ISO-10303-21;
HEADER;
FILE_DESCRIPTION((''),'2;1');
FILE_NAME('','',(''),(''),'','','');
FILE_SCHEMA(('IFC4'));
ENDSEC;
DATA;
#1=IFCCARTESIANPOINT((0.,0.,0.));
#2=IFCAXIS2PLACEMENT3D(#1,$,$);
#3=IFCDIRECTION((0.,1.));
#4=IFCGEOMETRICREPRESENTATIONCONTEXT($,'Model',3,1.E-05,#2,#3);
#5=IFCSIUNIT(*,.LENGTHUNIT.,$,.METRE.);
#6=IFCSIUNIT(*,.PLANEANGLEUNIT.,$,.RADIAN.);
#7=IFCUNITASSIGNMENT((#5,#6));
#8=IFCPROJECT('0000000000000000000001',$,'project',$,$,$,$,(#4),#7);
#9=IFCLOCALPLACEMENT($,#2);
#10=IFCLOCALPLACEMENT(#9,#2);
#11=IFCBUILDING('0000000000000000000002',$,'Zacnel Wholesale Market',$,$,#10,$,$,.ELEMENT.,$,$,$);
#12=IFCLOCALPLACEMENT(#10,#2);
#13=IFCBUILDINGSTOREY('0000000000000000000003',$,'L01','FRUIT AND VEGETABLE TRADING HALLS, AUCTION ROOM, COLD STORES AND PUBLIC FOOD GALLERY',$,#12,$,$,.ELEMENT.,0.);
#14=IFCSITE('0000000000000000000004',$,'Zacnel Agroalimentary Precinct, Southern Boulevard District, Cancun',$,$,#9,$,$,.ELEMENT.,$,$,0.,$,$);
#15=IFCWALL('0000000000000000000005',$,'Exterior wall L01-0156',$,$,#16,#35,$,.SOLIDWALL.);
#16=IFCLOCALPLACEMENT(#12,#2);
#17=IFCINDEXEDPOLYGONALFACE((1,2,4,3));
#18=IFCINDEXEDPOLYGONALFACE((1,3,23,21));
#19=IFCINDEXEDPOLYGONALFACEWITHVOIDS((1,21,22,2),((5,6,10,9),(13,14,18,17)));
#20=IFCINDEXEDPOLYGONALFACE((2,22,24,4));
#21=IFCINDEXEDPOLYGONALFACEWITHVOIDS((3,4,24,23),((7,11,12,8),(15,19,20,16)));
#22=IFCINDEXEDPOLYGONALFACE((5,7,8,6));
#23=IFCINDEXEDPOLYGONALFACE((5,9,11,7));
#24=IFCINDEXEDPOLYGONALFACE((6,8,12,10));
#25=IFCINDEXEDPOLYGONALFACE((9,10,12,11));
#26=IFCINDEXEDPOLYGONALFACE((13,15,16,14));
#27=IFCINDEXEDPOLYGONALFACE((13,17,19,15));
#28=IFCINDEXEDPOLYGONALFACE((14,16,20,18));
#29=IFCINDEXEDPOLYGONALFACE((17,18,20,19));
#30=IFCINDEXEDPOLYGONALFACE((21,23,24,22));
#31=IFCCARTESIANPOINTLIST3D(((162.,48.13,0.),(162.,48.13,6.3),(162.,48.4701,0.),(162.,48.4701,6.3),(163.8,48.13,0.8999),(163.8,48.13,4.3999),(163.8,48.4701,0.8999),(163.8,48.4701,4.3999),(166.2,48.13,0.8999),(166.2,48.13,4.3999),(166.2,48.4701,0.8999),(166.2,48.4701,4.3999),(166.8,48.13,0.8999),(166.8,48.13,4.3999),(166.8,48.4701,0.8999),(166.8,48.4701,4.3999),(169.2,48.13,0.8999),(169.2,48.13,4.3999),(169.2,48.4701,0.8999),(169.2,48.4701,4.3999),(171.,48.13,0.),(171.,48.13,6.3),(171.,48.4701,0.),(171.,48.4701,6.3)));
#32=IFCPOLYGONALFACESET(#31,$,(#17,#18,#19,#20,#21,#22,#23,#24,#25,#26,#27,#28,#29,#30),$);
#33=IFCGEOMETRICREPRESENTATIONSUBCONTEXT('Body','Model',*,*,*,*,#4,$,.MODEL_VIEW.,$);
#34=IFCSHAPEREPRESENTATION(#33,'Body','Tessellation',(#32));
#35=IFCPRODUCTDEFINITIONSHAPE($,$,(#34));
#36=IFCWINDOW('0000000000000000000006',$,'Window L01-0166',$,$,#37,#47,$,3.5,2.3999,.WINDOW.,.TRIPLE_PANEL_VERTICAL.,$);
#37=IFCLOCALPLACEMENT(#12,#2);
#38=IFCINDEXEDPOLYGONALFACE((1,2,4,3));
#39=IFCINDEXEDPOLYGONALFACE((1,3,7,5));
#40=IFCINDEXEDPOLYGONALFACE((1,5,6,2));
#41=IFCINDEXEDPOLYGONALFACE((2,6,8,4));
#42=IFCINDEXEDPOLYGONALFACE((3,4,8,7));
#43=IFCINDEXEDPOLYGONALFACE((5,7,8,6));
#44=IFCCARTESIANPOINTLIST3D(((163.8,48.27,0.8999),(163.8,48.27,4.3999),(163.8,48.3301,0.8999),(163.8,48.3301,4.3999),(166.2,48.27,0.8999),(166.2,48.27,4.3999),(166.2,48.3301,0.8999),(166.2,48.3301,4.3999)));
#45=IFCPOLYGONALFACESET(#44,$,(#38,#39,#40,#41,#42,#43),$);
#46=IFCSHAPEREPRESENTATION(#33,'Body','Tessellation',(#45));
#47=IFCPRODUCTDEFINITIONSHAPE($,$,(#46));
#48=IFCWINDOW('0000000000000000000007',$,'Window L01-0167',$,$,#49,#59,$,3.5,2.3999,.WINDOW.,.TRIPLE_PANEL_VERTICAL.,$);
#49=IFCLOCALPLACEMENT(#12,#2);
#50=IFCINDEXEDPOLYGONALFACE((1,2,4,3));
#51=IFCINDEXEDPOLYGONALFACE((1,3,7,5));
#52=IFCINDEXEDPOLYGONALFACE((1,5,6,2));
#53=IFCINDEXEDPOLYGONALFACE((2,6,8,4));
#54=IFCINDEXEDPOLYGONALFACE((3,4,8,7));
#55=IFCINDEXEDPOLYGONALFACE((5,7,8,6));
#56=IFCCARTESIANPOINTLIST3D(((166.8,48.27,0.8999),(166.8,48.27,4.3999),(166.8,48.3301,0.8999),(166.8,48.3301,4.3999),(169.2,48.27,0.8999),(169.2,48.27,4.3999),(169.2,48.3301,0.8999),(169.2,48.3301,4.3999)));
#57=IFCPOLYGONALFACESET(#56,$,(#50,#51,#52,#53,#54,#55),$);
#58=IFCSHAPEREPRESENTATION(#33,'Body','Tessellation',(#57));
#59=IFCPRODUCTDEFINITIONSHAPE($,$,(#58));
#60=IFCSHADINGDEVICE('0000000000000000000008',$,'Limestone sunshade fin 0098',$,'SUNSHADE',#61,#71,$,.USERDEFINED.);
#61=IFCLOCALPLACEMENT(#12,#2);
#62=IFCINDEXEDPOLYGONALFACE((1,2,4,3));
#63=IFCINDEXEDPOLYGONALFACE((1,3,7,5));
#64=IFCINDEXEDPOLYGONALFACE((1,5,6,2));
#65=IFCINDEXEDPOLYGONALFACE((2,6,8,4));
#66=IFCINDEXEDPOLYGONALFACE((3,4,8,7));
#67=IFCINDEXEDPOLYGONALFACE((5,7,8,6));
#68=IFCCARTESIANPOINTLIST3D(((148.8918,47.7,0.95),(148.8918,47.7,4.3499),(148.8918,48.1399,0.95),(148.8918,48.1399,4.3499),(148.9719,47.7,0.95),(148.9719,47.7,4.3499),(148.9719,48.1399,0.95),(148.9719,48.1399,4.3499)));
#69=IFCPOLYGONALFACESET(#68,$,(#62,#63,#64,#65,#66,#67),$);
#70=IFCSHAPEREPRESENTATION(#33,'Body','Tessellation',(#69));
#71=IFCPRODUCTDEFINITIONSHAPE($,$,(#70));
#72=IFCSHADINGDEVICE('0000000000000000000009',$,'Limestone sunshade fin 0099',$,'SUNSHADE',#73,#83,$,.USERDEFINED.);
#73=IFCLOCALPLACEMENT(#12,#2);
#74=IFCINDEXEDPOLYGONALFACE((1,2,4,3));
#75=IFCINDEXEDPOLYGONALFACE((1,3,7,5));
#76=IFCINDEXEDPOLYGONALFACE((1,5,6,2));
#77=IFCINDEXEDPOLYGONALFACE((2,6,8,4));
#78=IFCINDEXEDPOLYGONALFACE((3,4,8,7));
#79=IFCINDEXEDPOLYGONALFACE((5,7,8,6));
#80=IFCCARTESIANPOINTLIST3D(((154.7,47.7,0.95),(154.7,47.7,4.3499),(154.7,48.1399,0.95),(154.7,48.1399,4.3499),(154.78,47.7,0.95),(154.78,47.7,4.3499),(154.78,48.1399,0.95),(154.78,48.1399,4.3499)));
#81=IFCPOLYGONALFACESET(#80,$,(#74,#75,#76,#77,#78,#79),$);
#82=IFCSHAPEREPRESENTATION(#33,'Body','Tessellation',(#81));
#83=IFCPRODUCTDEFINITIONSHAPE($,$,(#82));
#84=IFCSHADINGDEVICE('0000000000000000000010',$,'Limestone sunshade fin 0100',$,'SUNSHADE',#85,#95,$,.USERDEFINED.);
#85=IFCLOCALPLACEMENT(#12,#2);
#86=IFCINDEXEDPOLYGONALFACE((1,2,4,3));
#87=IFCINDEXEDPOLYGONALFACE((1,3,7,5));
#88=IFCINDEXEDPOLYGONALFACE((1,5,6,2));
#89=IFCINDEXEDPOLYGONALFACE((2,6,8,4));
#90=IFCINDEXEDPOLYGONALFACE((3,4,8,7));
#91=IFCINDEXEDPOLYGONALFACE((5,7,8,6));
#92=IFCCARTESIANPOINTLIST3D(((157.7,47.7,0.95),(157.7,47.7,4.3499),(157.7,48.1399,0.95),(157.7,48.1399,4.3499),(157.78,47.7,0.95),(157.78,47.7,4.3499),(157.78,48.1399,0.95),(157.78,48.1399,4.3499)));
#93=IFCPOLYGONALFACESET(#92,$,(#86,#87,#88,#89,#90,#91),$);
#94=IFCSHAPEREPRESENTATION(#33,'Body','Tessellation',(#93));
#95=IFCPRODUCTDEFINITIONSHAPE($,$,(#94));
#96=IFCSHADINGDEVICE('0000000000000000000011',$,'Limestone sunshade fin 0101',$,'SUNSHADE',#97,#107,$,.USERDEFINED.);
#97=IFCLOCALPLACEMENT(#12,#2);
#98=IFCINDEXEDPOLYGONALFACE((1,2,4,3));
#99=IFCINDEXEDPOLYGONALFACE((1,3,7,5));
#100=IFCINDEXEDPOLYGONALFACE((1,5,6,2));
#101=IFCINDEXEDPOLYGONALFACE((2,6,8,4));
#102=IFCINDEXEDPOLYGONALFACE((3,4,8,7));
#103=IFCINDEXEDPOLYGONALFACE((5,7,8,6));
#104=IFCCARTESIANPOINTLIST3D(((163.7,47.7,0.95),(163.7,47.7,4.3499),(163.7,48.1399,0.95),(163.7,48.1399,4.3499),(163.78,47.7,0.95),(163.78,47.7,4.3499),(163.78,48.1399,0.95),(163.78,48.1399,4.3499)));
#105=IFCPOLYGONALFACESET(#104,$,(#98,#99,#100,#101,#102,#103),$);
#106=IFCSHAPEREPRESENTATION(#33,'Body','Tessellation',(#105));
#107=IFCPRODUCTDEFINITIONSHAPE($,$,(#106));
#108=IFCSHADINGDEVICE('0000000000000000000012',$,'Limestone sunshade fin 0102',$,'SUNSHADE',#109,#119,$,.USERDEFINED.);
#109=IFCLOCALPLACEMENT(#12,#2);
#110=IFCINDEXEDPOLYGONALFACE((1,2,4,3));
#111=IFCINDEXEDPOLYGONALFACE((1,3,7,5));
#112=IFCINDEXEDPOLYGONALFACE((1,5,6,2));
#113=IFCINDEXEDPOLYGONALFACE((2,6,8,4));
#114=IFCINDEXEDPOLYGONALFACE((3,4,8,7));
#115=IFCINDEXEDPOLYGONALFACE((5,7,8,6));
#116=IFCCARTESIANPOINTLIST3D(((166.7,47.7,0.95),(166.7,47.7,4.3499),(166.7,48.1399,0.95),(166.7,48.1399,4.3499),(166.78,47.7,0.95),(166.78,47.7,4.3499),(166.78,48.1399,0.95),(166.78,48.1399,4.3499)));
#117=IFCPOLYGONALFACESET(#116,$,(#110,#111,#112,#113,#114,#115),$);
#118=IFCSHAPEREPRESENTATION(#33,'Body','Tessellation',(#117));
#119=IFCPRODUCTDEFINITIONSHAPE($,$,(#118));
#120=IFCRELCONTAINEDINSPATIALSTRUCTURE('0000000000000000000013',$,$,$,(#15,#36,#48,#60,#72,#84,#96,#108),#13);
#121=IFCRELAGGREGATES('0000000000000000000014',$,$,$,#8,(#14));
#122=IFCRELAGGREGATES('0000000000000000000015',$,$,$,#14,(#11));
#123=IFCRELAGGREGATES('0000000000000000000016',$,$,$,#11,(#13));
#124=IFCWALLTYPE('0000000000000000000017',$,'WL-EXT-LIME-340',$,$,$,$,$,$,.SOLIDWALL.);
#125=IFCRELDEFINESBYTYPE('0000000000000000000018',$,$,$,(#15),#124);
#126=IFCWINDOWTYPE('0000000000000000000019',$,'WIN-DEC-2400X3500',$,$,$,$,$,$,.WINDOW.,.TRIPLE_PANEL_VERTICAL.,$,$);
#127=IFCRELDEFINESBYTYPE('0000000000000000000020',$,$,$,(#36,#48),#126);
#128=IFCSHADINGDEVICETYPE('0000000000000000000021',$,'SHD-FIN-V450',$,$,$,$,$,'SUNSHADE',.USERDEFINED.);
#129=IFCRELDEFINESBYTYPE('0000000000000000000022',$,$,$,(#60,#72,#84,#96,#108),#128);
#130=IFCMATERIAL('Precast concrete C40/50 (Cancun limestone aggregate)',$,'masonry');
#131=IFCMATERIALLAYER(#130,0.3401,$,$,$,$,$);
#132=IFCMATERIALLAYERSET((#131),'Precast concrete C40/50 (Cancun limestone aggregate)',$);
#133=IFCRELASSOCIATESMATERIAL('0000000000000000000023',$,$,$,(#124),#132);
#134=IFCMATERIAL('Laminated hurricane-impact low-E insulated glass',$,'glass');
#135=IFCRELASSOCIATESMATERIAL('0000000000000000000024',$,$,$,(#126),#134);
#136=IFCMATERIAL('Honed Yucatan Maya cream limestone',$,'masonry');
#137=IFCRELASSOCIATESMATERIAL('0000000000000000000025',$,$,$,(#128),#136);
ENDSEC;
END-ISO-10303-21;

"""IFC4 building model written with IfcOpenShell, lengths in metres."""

from ifc_helpers import new_model, si_unit, direction, frame, frame_2d, origin, origin_2d, place, context, subcontext, project, spatial, rectangle, extrude, material, layer, layer_set, type_object, element, fill, save


model = new_model("IFC4")

# Units and contexts
model_context = context("Model", 3, precision=1e-05, world=origin(), true_north=direction((0.0, 1.0)))
body_context = subcontext(model_context, "Body", "Model", "MODEL_VIEW")
ifc_project = project(units=[si_unit("LENGTHUNIT", "METRE"), si_unit("PLANEANGLEUNIT", "RADIAN")], contexts=[model_context])

# Site, building, storey
site_placement = place(None, origin())
site = spatial("IfcSite", under=ifc_project, at=site_placement, Name="Zacnel Agroalimentary Precinct, Southern Boulevard District, Cancun", CompositionType="ELEMENT", RefElevation=0.0)
building_placement = place(site_placement, origin())
building = spatial("IfcBuilding", under=site, at=building_placement, Name="Zacnel Wholesale Market", CompositionType="ELEMENT")
storey_placement = place(building_placement, origin())
storey = spatial("IfcBuildingStorey", under=building, at=storey_placement, Name="L01", Description="FRUIT AND VEGETABLE TRADING HALLS, AUCTION ROOM, COLD STORES AND PUBLIC FOOD GALLERY", CompositionType="ELEMENT", Elevation=0.0)

# Wall, openings, windows
ifc_material_1 = material(Name="Precast concrete C40/50 (Cancun limestone aggregate)", Category="masonry")
ifc_layer_1 = layer(ifc_material_1, 0.3401)
ifc_layer_set_1 = layer_set([ifc_layer_1], Name="Precast concrete C40/50 (Cancun limestone aggregate)")
wall_type = type_object("IfcWallType", Name="WL-EXT-LIME-340", PredefinedType="SOLIDWALL", material=ifc_layer_set_1)
ifc_material_2 = material(Name="Laminated hurricane-impact low-E insulated glass", Category="glass")
window_type_1 = type_object("IfcWindowType", Name="WIN-DEC-2400X3500", PartitioningType="TRIPLE_PANEL_VERTICAL", PredefinedType="WINDOW", material=ifc_material_2)
wall_1_placement = place(storey_placement, frame((162.0, 48.3, 0.0), z_axis=(0.0, 0.0, 1.0), x_axis=(1.0, 0.0, 0.0)))
wall_1 = element("IfcWall", 1, at=wall_1_placement, inside=storey, type_object=wall_type, Name="Exterior wall L01-0156", PredefinedType="SOLIDWALL", context=body_context, shape_type="SweptSolid", body=[
    extrude(rectangle(XDim=9.0, YDim=0.3401, at=frame_2d((4.5, 0.0))), origin(), (0.0, 0.0, 1.0), 6.3),
])
opening_1_placement = place(wall_1_placement, frame((1.8, 0.0, 0.8999)))
opening_1 = element("IfcOpeningElement", 2, at=opening_1_placement, cuts=wall_1, PredefinedType="OPENING", context=body_context, shape_type="SweptSolid", body=[
    extrude(rectangle(XDim=2.3999, YDim=3.5, at=frame_2d((1.2, 1.75))), frame((0.0, 0.1799, 0.0), z_axis=(0.0, -1.0, 0.0), x_axis=(1.0, 0.0, 0.0)), (0.0, 0.0, 1.0), 0.3601),
])
opening_2_placement = place(wall_1_placement, frame((4.8, 0.0, 0.8999)))
opening_2 = element("IfcOpeningElement", 3, at=opening_2_placement, cuts=wall_1, PredefinedType="OPENING", context=body_context, shape_type="SweptSolid", body=[
    extrude(rectangle(XDim=2.3999, YDim=3.5, at=frame_2d((1.2, 1.75))), frame((0.0, 0.1799, 0.0), z_axis=(0.0, -1.0, 0.0), x_axis=(1.0, 0.0, 0.0)), (0.0, 0.0, 1.0), 0.3601),
])
window_1_placement = place(opening_1_placement, origin())
window_1 = element("IfcWindow", 4, at=window_1_placement, inside=storey, type_object=window_type_1, Name="Window L01-0166", OverallHeight=3.5, OverallWidth=2.3999, PartitioningType="TRIPLE_PANEL_VERTICAL", PredefinedType="WINDOW", context=body_context, shape_type="SweptSolid", body=[
    extrude(rectangle(XDim=2.3999, YDim=3.5, at=frame_2d((1.2, 1.75))), frame((0.0, 0.03, 0.0), z_axis=(0.0, -1.0, 0.0), x_axis=(1.0, 0.0, 0.0)), (0.0, 0.0, 1.0), 0.0601),
])
fill(opening_1, window_1)
window_2_placement = place(opening_2_placement, origin())
window_2 = element("IfcWindow", 5, at=window_2_placement, inside=storey, type_object=window_type_1, Name="Window L01-0167", OverallHeight=3.5, OverallWidth=2.3999, PartitioningType="TRIPLE_PANEL_VERTICAL", PredefinedType="WINDOW", context=body_context, shape_type="SweptSolid", body=[
    extrude(rectangle(XDim=2.3999, YDim=3.5, at=frame_2d((1.2, 1.75))), frame((0.0, 0.03, 0.0), z_axis=(0.0, -1.0, 0.0), x_axis=(1.0, 0.0, 0.0)), (0.0, 0.0, 1.0), 0.0601),
])
fill(opening_2, window_2)

# Shading devices
ifc_material_3 = material(Name="Honed Yucatan Maya cream limestone", Category="masonry")
shading_device_type = type_object("IfcShadingDeviceType", Name="SHD-FIN-V450", ElementType="SUNSHADE", PredefinedType="USERDEFINED", material=ifc_material_3)
for number, where, z_axis, x_axis, name in (
    (6, (148.9319, 47.9199, 0.95), (0.0, 0.0, 1.0), (1.0, 0.0, 0.0), "Limestone sunshade fin 0098"),
    (7, (154.74, 47.9199, 0.95), (0.0, 0.0, 1.0), (1.0, 0.0, 0.0), "Limestone sunshade fin 0099"),
    (8, (157.74, 47.9199, 0.95), (0.0, 0.0, 1.0), (1.0, 0.0, 0.0), "Limestone sunshade fin 0100"),
    (9, (163.74, 47.9199, 0.95), (0.0, 0.0, 1.0), (1.0, 0.0, 0.0), "Limestone sunshade fin 0101"),
    (10, (166.74, 47.9199, 0.95), (0.0, 0.0, 1.0), (1.0, 0.0, 0.0), "Limestone sunshade fin 0102"),
):
    element("IfcShadingDevice", number, at=place(storey_placement, frame(where, z_axis=z_axis, x_axis=x_axis)), inside=storey, type_object=shading_device_type, Name=name, ObjectType="SUNSHADE", PredefinedType="USERDEFINED", context=body_context, shape_type="SweptSolid", body=[
        extrude(rectangle(XDim=0.0801, YDim=0.4399, at=origin_2d()), origin(), (0.0, 0.0, 1.0), 3.3999),
    ])

save(model, "model.ifc")
